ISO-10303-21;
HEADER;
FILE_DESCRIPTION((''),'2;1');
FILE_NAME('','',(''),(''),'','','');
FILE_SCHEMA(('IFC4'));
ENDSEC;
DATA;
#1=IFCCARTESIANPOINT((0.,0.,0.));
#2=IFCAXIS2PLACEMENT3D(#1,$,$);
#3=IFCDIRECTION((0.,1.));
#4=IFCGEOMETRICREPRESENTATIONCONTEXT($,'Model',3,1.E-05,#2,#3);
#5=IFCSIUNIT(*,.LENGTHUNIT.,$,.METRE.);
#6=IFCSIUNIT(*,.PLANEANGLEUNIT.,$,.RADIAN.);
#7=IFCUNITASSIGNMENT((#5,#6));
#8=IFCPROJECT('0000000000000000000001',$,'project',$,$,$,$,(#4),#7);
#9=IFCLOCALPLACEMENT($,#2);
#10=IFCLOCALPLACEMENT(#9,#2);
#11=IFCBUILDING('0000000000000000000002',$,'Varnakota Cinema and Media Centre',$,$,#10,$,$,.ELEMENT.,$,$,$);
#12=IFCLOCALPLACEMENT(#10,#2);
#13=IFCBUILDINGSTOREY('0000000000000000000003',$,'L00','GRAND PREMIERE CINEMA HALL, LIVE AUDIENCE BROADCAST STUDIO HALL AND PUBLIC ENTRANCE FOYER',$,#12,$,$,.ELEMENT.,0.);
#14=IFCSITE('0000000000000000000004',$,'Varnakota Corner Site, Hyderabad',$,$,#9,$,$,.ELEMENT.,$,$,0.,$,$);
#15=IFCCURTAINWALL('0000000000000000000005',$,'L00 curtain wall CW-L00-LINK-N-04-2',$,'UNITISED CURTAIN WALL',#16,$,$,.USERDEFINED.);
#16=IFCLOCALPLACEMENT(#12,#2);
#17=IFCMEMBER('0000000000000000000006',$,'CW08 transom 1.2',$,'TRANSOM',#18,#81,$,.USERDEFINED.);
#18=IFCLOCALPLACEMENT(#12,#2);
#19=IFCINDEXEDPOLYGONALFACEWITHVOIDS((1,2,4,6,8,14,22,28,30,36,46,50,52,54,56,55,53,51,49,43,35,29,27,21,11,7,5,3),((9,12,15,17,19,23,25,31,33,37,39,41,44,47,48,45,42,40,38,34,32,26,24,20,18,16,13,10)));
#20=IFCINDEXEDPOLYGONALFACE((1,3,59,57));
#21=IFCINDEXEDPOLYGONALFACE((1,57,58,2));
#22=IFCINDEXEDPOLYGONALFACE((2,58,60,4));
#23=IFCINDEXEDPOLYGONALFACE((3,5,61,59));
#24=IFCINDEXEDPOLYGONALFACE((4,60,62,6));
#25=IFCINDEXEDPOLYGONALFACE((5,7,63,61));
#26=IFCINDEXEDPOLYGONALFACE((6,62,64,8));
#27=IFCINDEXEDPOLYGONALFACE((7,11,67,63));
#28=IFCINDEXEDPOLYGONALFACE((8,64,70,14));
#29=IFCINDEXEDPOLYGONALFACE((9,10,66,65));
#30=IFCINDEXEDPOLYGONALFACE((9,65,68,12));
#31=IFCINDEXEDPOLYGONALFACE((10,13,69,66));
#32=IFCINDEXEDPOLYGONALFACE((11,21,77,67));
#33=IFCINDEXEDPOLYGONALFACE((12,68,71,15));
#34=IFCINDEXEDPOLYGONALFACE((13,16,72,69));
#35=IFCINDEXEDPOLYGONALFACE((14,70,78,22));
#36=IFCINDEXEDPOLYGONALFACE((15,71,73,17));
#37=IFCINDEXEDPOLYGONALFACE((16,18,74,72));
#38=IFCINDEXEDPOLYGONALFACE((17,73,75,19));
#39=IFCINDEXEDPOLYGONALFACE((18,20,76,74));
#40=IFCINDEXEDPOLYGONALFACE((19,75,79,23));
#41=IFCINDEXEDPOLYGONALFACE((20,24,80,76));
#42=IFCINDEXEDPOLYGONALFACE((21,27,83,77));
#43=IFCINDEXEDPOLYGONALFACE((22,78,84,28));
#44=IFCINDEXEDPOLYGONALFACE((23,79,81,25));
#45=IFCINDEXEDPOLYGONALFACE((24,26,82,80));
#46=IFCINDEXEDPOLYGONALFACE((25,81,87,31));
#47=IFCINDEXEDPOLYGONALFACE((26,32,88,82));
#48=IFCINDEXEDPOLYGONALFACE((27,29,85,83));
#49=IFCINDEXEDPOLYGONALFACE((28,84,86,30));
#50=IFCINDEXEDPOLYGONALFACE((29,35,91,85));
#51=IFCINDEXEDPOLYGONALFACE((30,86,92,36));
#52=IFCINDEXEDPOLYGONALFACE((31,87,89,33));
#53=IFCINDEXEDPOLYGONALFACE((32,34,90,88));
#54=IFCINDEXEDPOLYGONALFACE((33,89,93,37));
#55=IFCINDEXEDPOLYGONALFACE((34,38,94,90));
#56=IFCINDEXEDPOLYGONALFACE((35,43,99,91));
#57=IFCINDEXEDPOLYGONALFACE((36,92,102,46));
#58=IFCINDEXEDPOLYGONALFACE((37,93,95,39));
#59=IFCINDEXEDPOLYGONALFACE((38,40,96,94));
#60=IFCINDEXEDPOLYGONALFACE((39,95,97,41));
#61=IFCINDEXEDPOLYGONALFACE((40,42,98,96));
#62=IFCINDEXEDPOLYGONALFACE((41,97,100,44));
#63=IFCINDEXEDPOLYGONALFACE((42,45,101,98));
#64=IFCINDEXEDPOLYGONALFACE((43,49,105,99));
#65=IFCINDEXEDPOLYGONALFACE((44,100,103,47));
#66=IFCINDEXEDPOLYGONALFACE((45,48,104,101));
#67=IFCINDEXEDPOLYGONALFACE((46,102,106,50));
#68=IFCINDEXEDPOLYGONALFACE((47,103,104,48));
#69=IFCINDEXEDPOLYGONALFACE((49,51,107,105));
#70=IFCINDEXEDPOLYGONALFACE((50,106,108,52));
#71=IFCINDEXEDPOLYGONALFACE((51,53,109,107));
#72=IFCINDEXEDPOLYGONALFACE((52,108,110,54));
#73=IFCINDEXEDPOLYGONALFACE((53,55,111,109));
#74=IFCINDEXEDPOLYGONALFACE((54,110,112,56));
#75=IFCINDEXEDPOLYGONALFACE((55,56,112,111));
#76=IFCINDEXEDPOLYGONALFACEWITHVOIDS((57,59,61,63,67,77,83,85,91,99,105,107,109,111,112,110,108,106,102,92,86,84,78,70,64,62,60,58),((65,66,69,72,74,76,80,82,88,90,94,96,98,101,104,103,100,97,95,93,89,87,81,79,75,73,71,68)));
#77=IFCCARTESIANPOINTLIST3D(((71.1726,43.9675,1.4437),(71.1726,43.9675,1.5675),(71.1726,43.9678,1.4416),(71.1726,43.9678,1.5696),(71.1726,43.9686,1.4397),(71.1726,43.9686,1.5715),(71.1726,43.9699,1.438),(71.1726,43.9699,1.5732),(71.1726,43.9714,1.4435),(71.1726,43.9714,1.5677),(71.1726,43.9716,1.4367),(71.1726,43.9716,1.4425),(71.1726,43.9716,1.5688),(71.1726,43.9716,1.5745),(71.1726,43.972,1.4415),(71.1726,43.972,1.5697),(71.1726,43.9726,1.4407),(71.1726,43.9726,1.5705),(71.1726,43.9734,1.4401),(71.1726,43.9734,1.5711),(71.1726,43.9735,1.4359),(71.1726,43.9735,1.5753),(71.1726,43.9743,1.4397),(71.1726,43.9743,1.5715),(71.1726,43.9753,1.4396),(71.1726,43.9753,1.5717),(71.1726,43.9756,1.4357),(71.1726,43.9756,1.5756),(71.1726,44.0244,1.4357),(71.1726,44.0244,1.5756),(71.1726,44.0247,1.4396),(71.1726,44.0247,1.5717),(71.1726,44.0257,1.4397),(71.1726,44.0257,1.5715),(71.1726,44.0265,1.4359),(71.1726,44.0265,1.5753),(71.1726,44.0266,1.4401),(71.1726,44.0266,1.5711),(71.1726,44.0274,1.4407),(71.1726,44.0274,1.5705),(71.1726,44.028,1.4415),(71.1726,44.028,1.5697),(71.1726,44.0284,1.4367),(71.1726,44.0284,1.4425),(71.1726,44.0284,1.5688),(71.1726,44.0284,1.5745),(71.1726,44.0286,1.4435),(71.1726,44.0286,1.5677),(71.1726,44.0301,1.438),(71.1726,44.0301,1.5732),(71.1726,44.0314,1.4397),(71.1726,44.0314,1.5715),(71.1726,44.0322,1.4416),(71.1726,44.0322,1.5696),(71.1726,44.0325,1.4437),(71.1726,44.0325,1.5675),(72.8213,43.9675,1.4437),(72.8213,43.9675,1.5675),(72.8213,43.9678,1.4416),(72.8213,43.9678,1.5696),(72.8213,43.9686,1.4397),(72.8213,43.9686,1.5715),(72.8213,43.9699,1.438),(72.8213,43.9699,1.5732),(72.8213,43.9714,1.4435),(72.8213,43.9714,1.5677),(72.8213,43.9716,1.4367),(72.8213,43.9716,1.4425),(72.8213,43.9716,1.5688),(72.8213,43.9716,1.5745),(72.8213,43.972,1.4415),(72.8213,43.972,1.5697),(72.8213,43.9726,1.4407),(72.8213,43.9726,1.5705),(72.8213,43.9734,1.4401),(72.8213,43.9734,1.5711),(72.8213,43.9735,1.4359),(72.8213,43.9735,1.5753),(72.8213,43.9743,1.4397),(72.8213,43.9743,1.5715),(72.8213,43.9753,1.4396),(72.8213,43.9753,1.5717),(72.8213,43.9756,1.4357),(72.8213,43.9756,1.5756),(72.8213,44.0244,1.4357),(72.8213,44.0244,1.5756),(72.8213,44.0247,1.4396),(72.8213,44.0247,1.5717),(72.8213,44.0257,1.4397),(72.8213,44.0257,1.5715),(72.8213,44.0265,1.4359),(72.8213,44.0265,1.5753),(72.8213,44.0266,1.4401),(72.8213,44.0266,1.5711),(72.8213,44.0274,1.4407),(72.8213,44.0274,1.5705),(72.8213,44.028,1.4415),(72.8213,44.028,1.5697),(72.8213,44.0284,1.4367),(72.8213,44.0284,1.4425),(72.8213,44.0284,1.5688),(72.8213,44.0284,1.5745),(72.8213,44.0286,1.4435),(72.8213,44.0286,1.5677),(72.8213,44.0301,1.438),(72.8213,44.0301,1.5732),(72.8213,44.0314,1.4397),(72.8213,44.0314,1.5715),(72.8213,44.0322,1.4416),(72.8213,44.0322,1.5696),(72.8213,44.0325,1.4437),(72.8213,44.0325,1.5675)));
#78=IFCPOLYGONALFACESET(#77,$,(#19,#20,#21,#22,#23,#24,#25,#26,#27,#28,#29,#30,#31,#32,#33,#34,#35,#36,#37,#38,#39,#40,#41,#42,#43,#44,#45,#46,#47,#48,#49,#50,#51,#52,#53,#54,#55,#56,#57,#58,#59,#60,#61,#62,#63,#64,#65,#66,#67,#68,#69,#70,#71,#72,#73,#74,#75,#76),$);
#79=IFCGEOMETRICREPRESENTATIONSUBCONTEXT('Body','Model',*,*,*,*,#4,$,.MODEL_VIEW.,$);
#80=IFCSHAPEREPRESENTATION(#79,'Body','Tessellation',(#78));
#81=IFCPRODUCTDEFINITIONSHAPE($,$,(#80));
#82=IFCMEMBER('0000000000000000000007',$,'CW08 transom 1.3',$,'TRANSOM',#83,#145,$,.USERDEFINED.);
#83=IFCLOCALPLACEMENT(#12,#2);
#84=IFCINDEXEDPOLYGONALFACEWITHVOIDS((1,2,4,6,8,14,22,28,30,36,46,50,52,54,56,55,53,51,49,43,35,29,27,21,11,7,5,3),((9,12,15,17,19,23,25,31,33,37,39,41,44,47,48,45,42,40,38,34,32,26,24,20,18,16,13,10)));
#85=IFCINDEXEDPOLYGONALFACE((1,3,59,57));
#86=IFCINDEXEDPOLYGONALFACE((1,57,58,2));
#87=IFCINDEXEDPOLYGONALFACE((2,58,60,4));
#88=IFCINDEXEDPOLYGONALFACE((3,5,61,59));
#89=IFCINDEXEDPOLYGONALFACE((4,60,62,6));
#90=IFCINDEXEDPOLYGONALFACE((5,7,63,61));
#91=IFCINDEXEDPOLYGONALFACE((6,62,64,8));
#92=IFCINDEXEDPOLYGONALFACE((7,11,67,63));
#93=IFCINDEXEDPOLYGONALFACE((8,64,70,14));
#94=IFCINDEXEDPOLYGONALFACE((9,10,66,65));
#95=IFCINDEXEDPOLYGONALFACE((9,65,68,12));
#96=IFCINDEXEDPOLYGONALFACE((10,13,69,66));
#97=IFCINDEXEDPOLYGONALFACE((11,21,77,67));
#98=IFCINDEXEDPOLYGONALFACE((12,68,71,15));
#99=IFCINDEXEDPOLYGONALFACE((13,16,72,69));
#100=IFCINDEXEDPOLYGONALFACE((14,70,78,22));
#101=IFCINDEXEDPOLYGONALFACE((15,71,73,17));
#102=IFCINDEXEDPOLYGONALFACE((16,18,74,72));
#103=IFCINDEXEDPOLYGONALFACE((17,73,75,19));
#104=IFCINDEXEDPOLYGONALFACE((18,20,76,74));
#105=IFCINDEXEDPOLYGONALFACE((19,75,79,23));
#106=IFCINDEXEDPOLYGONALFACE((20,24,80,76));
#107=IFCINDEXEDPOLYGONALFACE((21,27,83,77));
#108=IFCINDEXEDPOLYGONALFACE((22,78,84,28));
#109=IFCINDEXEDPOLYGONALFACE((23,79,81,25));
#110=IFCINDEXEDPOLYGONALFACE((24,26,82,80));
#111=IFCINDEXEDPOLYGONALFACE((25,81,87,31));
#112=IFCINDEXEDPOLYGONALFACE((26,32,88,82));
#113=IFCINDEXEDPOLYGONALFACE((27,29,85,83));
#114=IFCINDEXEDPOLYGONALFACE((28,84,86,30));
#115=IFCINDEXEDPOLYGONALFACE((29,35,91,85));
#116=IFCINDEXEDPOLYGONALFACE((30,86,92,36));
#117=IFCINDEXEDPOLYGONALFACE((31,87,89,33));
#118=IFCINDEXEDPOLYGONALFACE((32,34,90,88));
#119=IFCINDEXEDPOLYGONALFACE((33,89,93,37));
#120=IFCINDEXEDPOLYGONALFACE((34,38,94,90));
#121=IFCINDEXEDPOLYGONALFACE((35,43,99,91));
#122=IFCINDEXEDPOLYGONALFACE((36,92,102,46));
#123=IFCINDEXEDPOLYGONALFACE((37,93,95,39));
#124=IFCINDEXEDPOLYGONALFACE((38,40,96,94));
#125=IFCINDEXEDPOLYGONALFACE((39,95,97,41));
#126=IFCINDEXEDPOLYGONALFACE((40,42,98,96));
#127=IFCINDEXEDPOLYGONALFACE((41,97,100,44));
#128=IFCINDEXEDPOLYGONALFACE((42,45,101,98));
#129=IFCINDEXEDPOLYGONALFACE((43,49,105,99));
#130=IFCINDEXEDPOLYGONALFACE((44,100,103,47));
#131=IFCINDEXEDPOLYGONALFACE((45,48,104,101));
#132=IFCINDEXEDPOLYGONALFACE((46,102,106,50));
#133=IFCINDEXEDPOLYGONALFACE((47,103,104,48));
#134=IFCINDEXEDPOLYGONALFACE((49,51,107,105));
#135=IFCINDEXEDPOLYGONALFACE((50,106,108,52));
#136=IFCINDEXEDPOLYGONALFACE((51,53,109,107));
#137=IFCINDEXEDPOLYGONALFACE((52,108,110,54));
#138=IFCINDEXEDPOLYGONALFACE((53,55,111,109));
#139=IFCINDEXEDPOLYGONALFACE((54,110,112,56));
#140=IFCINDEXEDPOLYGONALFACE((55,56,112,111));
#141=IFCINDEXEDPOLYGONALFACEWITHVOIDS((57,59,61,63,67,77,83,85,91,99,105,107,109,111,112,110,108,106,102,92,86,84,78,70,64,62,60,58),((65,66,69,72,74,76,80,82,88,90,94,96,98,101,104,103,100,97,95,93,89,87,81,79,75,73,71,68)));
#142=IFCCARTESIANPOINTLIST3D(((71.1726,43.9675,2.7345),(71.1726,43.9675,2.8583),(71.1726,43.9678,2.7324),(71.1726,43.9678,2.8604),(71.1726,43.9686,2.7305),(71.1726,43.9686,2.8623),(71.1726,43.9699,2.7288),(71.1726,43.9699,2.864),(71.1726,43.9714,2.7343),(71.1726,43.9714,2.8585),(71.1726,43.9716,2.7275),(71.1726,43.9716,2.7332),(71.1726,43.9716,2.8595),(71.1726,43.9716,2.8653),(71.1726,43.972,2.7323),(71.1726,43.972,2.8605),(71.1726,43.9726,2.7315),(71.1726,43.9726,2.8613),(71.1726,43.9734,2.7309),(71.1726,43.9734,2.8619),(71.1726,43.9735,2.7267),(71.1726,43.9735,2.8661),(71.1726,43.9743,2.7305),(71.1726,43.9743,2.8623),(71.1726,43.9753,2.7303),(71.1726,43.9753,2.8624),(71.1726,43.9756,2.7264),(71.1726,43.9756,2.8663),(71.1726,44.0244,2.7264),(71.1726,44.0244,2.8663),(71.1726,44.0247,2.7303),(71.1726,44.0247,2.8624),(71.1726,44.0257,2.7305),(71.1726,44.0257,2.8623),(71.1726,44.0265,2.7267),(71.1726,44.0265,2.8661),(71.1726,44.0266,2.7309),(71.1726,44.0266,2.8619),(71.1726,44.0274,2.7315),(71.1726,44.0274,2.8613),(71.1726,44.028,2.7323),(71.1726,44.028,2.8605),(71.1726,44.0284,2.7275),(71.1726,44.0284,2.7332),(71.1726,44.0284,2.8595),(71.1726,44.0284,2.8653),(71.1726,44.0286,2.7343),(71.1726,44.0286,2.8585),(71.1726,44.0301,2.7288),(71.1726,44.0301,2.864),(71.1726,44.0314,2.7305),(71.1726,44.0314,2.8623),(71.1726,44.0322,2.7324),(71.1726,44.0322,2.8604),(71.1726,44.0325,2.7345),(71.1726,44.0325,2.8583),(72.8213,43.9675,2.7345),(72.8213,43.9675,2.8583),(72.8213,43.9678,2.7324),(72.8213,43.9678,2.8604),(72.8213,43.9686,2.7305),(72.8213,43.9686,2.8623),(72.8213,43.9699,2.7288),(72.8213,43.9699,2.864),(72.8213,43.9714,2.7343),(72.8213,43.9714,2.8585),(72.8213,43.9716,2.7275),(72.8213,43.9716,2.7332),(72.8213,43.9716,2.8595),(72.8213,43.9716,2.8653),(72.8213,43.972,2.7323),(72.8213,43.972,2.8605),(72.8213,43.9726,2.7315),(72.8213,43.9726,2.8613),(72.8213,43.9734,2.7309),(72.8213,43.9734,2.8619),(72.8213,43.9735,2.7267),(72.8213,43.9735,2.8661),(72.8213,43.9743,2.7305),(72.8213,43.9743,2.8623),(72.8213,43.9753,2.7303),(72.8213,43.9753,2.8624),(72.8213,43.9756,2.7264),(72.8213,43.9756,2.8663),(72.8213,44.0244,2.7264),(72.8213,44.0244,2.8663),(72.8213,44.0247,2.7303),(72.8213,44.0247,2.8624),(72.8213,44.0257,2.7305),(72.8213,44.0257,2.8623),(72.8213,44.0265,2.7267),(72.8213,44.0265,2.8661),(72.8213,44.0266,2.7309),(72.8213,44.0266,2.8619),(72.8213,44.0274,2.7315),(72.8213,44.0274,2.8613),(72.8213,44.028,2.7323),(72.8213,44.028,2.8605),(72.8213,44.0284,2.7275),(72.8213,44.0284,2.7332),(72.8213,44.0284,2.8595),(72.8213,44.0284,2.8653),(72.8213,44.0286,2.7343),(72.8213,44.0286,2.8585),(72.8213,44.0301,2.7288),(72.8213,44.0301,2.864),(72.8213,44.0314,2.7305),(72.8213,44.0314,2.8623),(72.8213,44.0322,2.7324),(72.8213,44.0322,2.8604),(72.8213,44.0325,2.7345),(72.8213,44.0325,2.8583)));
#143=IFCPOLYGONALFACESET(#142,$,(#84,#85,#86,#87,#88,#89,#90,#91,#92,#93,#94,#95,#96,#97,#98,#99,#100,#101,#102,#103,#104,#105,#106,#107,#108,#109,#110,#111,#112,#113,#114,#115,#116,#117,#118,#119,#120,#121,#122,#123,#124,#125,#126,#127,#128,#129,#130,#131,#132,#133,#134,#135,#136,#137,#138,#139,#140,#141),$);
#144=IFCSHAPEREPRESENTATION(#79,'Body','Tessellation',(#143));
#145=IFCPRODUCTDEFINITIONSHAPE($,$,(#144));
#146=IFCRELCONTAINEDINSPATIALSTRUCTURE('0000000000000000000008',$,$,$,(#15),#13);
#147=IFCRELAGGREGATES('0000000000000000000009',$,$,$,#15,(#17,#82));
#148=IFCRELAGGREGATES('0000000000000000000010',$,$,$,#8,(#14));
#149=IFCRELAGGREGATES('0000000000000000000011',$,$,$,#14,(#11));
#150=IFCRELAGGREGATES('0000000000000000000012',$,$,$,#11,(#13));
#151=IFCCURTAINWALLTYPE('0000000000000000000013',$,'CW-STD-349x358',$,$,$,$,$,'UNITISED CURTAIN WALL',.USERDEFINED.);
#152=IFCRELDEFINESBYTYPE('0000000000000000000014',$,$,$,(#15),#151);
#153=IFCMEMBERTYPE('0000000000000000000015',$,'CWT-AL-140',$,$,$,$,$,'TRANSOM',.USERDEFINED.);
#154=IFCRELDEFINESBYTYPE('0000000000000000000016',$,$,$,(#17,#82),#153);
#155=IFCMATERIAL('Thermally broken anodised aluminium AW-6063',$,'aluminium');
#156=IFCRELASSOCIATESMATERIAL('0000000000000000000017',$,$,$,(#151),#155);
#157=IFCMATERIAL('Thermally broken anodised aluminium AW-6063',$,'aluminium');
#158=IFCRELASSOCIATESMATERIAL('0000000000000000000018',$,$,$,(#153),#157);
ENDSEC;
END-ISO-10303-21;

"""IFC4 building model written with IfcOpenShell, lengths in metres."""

from ifc_helpers import new_model, si_unit, direction, frame, origin, origin_2d, place, context, subcontext, project, spatial, hollow_rectangle, extrude, material, material_profile, profile_set, type_object, element, aggregate, save


model = new_model("IFC4")

# Units and contexts
model_context = context("Model", 3, precision=1e-05, world=origin(), true_north=direction((0.0, 1.0)))
body_context = subcontext(model_context, "Body", "Model", "MODEL_VIEW")
ifc_project = project(units=[si_unit("LENGTHUNIT", "METRE"), si_unit("PLANEANGLEUNIT", "RADIAN")], contexts=[model_context])

# Site, building, storey
site_placement = place(None, origin())
site = spatial("IfcSite", under=ifc_project, at=site_placement, Name="Varnakota Corner Site, Hyderabad", CompositionType="ELEMENT", RefElevation=0.0)
building_placement = place(site_placement, origin())
building = spatial("IfcBuilding", under=site, at=building_placement, Name="Varnakota Cinema and Media Centre", CompositionType="ELEMENT")
storey_placement = place(building_placement, origin())
storey = spatial("IfcBuildingStorey", under=building, at=storey_placement, Name="L00", Description="GRAND PREMIERE CINEMA HALL, LIVE AUDIENCE BROADCAST STUDIO HALL AND PUBLIC ENTRANCE FOYER", CompositionType="ELEMENT", Elevation=0.0)

# Curtain wall
ifc_material_1 = material(Name="Thermally broken anodised aluminium AW-6063", Category="aluminium")
curtain_wall_type_1 = type_object("IfcCurtainWallType", Name="CW-STD-349x358", ElementType="UNITISED CURTAIN WALL", PredefinedType="USERDEFINED", material=ifc_material_1)
curtain_wall_1_placement = place(storey_placement, origin())
curtain_wall_1 = element("IfcCurtainWall", 1, at=curtain_wall_1_placement, inside=storey, type_object=curtain_wall_type_1, Name="L00 curtain wall CW-L00-LINK-N-04-2", ObjectType="UNITISED CURTAIN WALL", PredefinedType="USERDEFINED")

# Members
ifc_material_2 = material(Name="Thermally broken anodised aluminium AW-6063", Category="aluminium")
ifc_material_profile_1 = material_profile(ifc_material_2, hollow_rectangle(XDim=0.0649, YDim=0.1399, WallThickness=0.0039, InnerFilletRadius=0.0039, OuterFilletRadius=0.0081, at=origin_2d()), Name="AL-TRANSOM 140x65x4")
ifc_profile_set_1 = profile_set([ifc_material_profile_1], Name="Thermally broken anodised aluminium AW-6063")
member_type_1 = type_object("IfcMemberType", Name="CWT-AL-140", ElementType="TRANSOM", PredefinedType="USERDEFINED", material=ifc_profile_set_1)
member_1_placement = place(storey_placement, frame((71.1726, 44.0, 1.5056), z_axis=(1.0, 0.0, 0.0), x_axis=(0.0, 1.0, 0.0)))
member_1 = element("IfcMember", 2, at=member_1_placement, type_object=member_type_1, Name="CW08 transom 1.2", ObjectType="TRANSOM", PredefinedType="USERDEFINED", context=body_context, shape_type="SweptSolid", body=[
    extrude(hollow_rectangle(XDim=0.0649, YDim=0.1399, WallThickness=0.0039, InnerFilletRadius=0.0039, OuterFilletRadius=0.0081, at=origin_2d()), origin(), (0.0, 0.0, 1.0), 1.6487),
])
member_2_placement = place(storey_placement, frame((71.1726, 44.0, 2.7964), z_axis=(1.0, 0.0, 0.0), x_axis=(0.0, 1.0, 0.0)))
member_2 = element("IfcMember", 3, at=member_2_placement, type_object=member_type_1, Name="CW08 transom 1.3", ObjectType="TRANSOM", PredefinedType="USERDEFINED", context=body_context, shape_type="SweptSolid", body=[
    extrude(hollow_rectangle(XDim=0.0649, YDim=0.1399, WallThickness=0.0039, InnerFilletRadius=0.0039, OuterFilletRadius=0.0081, at=origin_2d()), origin(), (0.0, 0.0, 1.0), 1.6487),
])

aggregate(curtain_wall_1, [member_1, member_2])

save(model, "model.ifc")
